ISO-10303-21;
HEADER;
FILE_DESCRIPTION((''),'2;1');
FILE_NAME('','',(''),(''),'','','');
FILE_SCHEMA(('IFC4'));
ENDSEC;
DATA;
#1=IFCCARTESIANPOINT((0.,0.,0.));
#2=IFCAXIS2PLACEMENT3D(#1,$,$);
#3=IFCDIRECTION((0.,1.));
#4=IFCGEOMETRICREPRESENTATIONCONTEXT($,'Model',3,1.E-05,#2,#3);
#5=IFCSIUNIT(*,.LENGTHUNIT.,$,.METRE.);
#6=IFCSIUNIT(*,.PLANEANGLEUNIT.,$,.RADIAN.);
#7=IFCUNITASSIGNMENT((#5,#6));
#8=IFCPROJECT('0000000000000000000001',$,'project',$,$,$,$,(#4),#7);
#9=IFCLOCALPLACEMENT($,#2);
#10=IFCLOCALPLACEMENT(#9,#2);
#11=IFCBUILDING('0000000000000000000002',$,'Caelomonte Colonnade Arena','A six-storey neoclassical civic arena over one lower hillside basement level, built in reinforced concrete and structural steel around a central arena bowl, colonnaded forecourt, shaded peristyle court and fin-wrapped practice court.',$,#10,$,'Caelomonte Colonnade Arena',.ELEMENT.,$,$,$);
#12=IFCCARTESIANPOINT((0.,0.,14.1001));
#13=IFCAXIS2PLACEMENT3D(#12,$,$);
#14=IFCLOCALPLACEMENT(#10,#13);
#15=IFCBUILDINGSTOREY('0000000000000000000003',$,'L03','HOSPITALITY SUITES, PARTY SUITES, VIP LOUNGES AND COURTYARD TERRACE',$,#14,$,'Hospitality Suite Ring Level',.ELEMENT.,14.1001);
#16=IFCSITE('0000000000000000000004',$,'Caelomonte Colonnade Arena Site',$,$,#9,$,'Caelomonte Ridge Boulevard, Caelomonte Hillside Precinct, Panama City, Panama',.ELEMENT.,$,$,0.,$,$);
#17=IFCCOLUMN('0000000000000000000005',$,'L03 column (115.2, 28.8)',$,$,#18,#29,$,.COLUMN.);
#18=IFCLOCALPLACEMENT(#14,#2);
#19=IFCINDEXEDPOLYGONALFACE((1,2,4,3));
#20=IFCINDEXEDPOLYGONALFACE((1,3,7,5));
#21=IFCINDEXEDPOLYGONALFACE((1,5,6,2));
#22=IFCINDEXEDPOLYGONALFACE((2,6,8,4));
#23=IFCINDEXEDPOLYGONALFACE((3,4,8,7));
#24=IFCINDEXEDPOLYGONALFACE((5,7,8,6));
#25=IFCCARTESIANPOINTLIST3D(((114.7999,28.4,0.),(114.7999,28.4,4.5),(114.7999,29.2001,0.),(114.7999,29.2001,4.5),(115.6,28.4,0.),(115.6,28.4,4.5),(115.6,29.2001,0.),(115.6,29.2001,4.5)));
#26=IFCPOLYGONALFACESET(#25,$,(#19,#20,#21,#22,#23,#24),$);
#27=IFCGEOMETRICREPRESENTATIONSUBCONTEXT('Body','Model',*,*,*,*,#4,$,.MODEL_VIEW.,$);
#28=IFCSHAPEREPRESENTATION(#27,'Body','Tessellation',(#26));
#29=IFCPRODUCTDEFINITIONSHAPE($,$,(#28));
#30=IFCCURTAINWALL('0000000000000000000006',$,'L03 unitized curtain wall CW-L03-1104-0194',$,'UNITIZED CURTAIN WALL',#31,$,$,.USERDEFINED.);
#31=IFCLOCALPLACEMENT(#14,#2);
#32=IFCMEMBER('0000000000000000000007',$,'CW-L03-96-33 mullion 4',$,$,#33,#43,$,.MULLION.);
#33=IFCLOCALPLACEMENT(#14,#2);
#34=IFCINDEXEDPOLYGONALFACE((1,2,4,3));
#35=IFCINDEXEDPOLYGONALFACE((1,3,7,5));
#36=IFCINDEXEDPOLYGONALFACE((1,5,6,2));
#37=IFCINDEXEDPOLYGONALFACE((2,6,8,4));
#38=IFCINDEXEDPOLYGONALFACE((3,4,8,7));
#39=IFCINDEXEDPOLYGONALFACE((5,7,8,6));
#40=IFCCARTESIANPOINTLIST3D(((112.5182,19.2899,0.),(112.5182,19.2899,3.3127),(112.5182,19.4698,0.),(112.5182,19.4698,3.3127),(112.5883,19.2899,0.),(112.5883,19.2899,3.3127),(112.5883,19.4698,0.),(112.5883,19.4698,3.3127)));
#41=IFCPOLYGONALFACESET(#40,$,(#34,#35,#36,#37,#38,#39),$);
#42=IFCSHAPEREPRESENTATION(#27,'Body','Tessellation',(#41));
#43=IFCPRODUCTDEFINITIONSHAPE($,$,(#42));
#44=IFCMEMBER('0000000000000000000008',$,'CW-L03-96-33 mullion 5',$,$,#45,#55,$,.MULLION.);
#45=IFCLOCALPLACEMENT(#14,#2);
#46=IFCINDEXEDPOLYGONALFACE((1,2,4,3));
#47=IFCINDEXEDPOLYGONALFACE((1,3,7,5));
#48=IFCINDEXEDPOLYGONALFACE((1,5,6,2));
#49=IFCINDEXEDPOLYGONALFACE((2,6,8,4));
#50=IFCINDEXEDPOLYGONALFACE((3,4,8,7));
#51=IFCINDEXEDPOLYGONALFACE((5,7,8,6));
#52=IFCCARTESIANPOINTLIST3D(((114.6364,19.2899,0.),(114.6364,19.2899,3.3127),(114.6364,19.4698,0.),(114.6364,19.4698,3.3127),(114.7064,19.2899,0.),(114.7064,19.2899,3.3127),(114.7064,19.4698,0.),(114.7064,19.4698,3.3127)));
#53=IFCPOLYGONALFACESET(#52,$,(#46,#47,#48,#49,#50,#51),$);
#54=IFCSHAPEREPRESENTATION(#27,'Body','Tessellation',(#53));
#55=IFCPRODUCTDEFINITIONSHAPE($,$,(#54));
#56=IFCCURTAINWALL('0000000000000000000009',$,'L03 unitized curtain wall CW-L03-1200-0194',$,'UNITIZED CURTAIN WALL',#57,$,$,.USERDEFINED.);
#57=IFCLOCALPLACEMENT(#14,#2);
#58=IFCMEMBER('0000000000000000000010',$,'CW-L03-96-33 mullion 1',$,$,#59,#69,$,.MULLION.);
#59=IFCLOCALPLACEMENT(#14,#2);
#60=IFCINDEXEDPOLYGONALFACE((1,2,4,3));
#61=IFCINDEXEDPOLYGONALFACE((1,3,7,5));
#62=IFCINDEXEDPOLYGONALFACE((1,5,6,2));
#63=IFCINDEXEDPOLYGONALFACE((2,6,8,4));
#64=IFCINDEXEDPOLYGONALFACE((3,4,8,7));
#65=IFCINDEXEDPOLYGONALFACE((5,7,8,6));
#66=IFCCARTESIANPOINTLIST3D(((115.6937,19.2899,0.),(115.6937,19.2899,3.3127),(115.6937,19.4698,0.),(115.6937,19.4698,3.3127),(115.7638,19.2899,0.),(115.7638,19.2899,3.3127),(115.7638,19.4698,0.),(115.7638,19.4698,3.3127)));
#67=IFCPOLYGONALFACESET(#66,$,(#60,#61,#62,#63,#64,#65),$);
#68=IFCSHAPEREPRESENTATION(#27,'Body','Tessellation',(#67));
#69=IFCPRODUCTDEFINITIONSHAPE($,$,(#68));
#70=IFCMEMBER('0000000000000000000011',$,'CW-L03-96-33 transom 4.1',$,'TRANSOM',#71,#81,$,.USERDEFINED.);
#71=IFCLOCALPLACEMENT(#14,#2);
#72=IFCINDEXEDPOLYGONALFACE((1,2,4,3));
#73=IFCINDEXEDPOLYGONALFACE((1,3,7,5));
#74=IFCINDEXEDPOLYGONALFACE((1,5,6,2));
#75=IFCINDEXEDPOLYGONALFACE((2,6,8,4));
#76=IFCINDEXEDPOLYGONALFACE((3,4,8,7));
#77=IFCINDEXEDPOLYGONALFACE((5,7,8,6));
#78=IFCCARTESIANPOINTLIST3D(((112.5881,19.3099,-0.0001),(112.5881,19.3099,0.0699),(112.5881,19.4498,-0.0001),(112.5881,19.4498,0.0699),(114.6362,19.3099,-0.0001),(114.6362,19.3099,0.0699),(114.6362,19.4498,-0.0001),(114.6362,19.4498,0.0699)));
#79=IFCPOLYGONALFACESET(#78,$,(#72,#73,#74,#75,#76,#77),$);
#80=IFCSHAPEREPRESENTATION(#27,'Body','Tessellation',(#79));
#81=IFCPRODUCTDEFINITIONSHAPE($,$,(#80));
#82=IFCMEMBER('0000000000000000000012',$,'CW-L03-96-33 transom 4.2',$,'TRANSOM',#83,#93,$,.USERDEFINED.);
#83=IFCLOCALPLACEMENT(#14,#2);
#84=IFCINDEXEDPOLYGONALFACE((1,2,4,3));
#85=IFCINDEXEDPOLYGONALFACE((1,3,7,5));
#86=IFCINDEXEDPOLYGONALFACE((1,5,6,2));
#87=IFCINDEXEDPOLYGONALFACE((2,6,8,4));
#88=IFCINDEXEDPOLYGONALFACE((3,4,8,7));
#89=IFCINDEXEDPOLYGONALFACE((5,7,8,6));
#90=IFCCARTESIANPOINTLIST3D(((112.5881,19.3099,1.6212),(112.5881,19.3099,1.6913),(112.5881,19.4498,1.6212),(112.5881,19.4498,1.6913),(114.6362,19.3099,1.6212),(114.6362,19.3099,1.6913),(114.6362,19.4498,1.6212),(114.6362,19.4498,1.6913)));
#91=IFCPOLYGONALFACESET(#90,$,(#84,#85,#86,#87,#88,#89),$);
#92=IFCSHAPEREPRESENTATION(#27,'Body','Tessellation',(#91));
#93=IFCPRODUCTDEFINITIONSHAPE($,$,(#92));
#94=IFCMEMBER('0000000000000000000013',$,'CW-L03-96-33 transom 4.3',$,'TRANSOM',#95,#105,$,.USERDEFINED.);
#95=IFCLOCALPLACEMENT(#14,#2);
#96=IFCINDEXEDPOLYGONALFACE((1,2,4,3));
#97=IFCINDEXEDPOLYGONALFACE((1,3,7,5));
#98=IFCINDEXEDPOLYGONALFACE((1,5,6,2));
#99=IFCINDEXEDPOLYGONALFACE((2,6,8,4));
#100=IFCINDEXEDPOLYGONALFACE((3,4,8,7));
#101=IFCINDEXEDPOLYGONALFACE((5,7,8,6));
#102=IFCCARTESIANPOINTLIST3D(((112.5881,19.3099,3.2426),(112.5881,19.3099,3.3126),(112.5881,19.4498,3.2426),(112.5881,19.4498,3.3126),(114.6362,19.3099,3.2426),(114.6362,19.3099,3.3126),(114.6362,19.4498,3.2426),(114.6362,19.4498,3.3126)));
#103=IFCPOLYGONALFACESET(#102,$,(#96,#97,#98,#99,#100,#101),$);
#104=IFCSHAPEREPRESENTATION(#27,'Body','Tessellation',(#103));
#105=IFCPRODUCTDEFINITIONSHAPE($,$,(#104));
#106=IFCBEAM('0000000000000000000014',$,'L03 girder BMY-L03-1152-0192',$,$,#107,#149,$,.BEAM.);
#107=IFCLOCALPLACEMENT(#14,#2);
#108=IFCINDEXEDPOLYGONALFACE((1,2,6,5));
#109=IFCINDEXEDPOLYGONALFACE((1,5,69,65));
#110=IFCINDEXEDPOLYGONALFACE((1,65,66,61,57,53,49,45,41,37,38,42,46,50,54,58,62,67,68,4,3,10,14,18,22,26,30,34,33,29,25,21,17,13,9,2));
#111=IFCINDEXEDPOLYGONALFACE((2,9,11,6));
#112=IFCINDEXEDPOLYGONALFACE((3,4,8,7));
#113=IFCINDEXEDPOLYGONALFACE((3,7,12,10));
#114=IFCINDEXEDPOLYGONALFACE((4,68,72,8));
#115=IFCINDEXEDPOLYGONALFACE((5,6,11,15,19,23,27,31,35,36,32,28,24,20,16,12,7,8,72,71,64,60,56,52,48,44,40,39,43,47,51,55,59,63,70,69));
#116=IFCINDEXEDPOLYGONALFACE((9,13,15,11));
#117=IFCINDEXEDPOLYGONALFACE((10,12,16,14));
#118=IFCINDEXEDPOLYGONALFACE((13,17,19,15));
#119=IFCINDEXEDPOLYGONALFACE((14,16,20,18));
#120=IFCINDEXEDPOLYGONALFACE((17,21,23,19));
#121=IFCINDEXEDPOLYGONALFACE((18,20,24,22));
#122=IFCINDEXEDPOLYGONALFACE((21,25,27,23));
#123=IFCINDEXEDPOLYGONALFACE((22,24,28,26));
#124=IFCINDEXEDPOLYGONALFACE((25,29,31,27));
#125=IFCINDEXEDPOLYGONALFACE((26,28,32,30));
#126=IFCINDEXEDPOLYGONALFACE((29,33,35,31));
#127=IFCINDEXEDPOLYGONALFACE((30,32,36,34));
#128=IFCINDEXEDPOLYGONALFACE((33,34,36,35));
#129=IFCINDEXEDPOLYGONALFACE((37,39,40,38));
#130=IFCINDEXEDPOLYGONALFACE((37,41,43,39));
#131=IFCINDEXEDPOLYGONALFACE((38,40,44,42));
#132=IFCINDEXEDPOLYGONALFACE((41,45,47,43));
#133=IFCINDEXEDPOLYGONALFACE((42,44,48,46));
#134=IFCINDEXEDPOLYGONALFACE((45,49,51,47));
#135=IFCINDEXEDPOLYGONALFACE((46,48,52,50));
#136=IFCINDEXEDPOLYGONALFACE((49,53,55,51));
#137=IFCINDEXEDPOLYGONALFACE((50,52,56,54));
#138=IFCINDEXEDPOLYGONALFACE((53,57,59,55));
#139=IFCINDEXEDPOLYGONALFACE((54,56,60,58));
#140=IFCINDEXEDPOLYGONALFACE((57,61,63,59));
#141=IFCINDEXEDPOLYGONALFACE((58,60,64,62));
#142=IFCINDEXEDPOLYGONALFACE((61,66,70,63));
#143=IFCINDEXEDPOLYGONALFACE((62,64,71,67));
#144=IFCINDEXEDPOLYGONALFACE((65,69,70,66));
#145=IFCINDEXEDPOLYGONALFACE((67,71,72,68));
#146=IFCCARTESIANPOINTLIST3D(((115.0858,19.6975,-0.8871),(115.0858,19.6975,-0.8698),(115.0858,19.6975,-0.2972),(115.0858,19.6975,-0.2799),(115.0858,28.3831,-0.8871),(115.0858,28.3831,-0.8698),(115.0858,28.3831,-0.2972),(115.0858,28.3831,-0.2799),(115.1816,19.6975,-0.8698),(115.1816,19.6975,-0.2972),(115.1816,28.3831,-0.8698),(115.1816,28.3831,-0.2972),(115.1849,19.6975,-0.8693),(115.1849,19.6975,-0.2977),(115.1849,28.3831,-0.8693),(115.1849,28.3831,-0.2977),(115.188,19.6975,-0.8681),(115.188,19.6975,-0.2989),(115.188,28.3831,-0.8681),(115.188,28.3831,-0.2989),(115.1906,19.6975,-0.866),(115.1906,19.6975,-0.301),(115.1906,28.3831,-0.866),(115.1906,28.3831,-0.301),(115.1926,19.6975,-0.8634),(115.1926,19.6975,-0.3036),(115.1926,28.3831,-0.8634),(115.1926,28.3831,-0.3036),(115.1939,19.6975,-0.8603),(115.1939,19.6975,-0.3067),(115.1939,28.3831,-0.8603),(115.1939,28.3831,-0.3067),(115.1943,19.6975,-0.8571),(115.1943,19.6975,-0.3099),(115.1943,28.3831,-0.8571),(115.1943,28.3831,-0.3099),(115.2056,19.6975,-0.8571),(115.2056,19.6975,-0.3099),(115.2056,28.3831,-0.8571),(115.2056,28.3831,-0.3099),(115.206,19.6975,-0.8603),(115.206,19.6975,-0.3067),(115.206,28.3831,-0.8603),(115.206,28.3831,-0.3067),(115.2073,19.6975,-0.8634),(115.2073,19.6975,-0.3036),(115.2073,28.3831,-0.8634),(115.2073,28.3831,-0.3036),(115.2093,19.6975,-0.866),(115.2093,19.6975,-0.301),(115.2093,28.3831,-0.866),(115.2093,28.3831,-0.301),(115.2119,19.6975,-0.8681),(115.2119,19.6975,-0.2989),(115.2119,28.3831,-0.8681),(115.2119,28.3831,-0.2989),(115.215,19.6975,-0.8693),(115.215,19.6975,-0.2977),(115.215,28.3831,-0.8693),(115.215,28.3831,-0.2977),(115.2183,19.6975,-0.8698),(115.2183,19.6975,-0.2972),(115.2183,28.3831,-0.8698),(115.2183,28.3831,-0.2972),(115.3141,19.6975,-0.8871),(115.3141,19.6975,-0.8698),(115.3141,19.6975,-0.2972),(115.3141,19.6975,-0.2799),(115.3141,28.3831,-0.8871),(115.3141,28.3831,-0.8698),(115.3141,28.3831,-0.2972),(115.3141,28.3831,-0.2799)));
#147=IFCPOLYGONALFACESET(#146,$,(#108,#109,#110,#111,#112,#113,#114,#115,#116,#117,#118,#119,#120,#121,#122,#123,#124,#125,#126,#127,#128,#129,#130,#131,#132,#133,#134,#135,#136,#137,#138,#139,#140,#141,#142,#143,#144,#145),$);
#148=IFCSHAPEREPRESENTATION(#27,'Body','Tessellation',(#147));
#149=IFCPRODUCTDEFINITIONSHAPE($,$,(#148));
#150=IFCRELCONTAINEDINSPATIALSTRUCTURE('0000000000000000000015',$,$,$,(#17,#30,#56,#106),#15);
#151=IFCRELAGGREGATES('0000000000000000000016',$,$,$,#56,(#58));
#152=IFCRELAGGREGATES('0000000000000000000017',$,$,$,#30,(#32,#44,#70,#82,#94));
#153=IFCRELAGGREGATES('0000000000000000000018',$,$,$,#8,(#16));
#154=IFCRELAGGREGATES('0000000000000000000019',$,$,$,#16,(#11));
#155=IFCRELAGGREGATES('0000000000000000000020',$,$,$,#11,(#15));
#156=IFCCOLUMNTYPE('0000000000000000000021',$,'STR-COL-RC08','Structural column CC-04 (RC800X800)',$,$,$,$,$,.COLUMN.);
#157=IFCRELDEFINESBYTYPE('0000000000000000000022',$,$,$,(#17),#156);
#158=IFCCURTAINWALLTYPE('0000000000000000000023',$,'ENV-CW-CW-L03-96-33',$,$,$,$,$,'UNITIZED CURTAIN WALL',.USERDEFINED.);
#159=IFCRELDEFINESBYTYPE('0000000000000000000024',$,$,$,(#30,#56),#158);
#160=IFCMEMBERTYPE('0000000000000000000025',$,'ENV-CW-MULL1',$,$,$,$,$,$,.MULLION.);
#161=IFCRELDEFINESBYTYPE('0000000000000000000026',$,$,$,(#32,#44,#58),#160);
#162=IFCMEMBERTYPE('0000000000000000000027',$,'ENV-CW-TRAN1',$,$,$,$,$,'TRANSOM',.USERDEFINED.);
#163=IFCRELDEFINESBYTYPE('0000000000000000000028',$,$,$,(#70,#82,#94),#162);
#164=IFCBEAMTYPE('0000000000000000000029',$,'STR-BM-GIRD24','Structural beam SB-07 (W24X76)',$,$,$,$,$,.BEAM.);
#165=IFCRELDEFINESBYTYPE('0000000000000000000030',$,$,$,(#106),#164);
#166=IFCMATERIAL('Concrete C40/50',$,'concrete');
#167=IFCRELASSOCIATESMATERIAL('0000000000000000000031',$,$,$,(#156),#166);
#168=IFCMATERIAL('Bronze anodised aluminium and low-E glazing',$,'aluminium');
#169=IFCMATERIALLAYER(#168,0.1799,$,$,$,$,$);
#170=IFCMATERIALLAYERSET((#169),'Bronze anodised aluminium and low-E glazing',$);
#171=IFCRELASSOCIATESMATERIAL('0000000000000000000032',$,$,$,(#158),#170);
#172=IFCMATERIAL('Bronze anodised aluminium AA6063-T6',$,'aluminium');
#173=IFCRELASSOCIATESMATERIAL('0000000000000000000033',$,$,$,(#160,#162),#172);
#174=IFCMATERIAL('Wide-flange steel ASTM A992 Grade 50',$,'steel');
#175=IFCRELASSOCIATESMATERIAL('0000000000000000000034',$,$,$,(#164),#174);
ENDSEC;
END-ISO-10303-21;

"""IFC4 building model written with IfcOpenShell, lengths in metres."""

from ifc_helpers import new_model, si_unit, direction, frame, origin, origin_2d, place, context, subcontext, project, spatial, rectangle, i_section, extrude, material, layer, layer_set, material_profile, profile_set, type_object, element, aggregate, save


model = new_model("IFC4")

# Units and contexts
model_context = context("Model", 3, precision=1e-05, world=origin(), true_north=direction((0.0, 1.0)))
body_context = subcontext(model_context, "Body", "Model", "MODEL_VIEW")
ifc_project = project(units=[si_unit("LENGTHUNIT", "METRE"), si_unit("PLANEANGLEUNIT", "RADIAN")], contexts=[model_context])

# Site, building, storey
site_placement = place(None, origin())
site = spatial("IfcSite", under=ifc_project, at=site_placement, Name="Caelomonte Colonnade Arena Site", LongName="Caelomonte Ridge Boulevard, Caelomonte Hillside Precinct, Panama City, Panama", CompositionType="ELEMENT", RefElevation=0.0)
building_placement = place(site_placement, origin())
building = spatial("IfcBuilding", under=site, at=building_placement, Name="Caelomonte Colonnade Arena", Description="A six-storey neoclassical civic arena over one lower hillside basement level, built in reinforced concrete and structural steel around a central arena bowl, colonnaded forecourt, shaded peristyle court and fin-wrapped practice court.", LongName="Caelomonte Colonnade Arena", CompositionType="ELEMENT")
storey_placement = place(building_placement, frame((0.0, 0.0, 14.1001)))
storey = spatial("IfcBuildingStorey", under=building, at=storey_placement, Name="L03", Description="HOSPITALITY SUITES, PARTY SUITES, VIP LOUNGES AND COURTYARD TERRACE", LongName="Hospitality Suite Ring Level", CompositionType="ELEMENT", Elevation=14.1001)

# Column
ifc_material_1 = material(Name="Concrete C40/50", Category="concrete")
ifc_material_profile_1 = material_profile(ifc_material_1, rectangle(XDim=0.8, YDim=0.8, at=origin_2d()), Name="RC800X800")
ifc_profile_set_1 = profile_set([ifc_material_profile_1], Name="Concrete C40/50")
column_type = type_object("IfcColumnType", Name="STR-COL-RC08", Description="Structural column CC-04 (RC800X800)", PredefinedType="COLUMN", material=ifc_profile_set_1)
column_placement = place(storey_placement, frame((115.2, 28.8, 0.0), z_axis=(0.0, 0.0, 1.0), x_axis=(1.0, 0.0, 0.0)))
element("IfcColumn", 1, at=column_placement, inside=storey, type_object=column_type, Name="L03 column (115.2, 28.8)", PredefinedType="COLUMN", context=body_context, shape_type="SweptSolid", body=[
    extrude(rectangle(XDim=0.8, YDim=0.8, at=origin_2d()), origin(), (0.0, 0.0, 1.0), 4.5),
])

# Curtain wall, members
ifc_material_2 = material(Name="Bronze anodised aluminium and low-E glazing", Category="aluminium")
ifc_layer_1 = layer(ifc_material_2, 0.1799)
ifc_layer_set_1 = layer_set([ifc_layer_1], Name="Bronze anodised aluminium and low-E glazing")
curtain_wall_type = type_object("IfcCurtainWallType", Name="ENV-CW-CW-L03-96-33", ElementType="UNITIZED CURTAIN WALL", PredefinedType="USERDEFINED", material=ifc_layer_set_1)
curtain_wall_1_placement = place(storey_placement, origin())
curtain_wall_1 = element("IfcCurtainWall", 2, at=curtain_wall_1_placement, inside=storey, type_object=curtain_wall_type, Name="L03 unitized curtain wall CW-L03-1104-0194", ObjectType="UNITIZED CURTAIN WALL", PredefinedType="USERDEFINED")
ifc_material_3 = material(Name="Bronze anodised aluminium AA6063-T6", Category="aluminium")
ifc_material_profile_2 = material_profile(ifc_material_3, rectangle(XDim=0.0701, YDim=0.1799, at=origin_2d()), Name="CWM-70X180")
ifc_profile_set_2 = profile_set([ifc_material_profile_2], Name="Bronze anodised aluminium AA6063-T6")
member_type_1 = type_object("IfcMemberType", Name="ENV-CW-MULL1", PredefinedType="MULLION", material=ifc_profile_set_2)
member_1_placement = place(storey_placement, frame((112.5532, 19.3799, 0.0), z_axis=(0.0, 0.0, 1.0), x_axis=(1.0, 0.0, 0.0)))
member_1 = element("IfcMember", 3, at=member_1_placement, type_object=member_type_1, Name="CW-L03-96-33 mullion 4", PredefinedType="MULLION", context=body_context, shape_type="SweptSolid", body=[
    extrude(rectangle(XDim=0.0701, YDim=0.1799, at=origin_2d()), origin(), (0.0, 0.0, 1.0), 3.3127),
])
member_2_placement = place(storey_placement, frame((114.6714, 19.3799, 0.0), z_axis=(0.0, 0.0, 1.0), x_axis=(1.0, 0.0, 0.0)))
member_2 = element("IfcMember", 4, at=member_2_placement, type_object=member_type_1, Name="CW-L03-96-33 mullion 5", PredefinedType="MULLION", context=body_context, shape_type="SweptSolid", body=[
    extrude(rectangle(XDim=0.0701, YDim=0.1799, at=origin_2d()), origin(), (0.0, 0.0, 1.0), 3.3127),
])

# Curtain wall, member
curtain_wall_2_placement = place(storey_placement, origin())
curtain_wall_2 = element("IfcCurtainWall", 5, at=curtain_wall_2_placement, inside=storey, type_object=curtain_wall_type, Name="L03 unitized curtain wall CW-L03-1200-0194", ObjectType="UNITIZED CURTAIN WALL", PredefinedType="USERDEFINED")
member_3_placement = place(storey_placement, frame((115.7288, 19.3799, 0.0), z_axis=(0.0, 0.0, 1.0), x_axis=(1.0, 0.0, 0.0)))
member_3 = element("IfcMember", 6, at=member_3_placement, type_object=member_type_1, Name="CW-L03-96-33 mullion 1", PredefinedType="MULLION", context=body_context, shape_type="SweptSolid", body=[
    extrude(rectangle(XDim=0.0701, YDim=0.1799, at=origin_2d()), origin(), (0.0, 0.0, 1.0), 3.3127),
])
aggregate(curtain_wall_2, [member_3])

# Members
ifc_material_profile_3 = material_profile(ifc_material_3, rectangle(XDim=0.0701, YDim=0.1399, at=origin_2d()), Name="CWT-70X140")
ifc_profile_set_3 = profile_set([ifc_material_profile_3], Name="Bronze anodised aluminium AA6063-T6")
member_type_2 = type_object("IfcMemberType", Name="ENV-CW-TRAN1", ElementType="TRANSOM", PredefinedType="USERDEFINED", material=ifc_profile_set_3)
member_4_placement = place(storey_placement, frame((112.5881, 19.3799, 0.0349), z_axis=(1.0, 0.0, 0.0), x_axis=(0.0, 0.0, 1.0)))
member_4 = element("IfcMember", 7, at=member_4_placement, type_object=member_type_2, Name="CW-L03-96-33 transom 4.1", ObjectType="TRANSOM", PredefinedType="USERDEFINED", context=body_context, shape_type="SweptSolid", body=[
    extrude(rectangle(XDim=0.0701, YDim=0.1399, at=origin_2d()), origin(), (0.0, 0.0, 1.0), 2.0481),
])
member_5_placement = place(storey_placement, frame((112.5881, 19.3799, 1.6562), z_axis=(1.0, 0.0, 0.0), x_axis=(0.0, 0.0, 1.0)))
member_5 = element("IfcMember", 8, at=member_5_placement, type_object=member_type_2, Name="CW-L03-96-33 transom 4.2", ObjectType="TRANSOM", PredefinedType="USERDEFINED", context=body_context, shape_type="SweptSolid", body=[
    extrude(rectangle(XDim=0.0701, YDim=0.1399, at=origin_2d()), origin(), (0.0, 0.0, 1.0), 2.0481),
])
member_6_placement = place(storey_placement, frame((112.5881, 19.3799, 3.2776), z_axis=(1.0, 0.0, 0.0), x_axis=(0.0, 0.0, 1.0)))
member_6 = element("IfcMember", 9, at=member_6_placement, type_object=member_type_2, Name="CW-L03-96-33 transom 4.3", ObjectType="TRANSOM", PredefinedType="USERDEFINED", context=body_context, shape_type="SweptSolid", body=[
    extrude(rectangle(XDim=0.0701, YDim=0.1399, at=origin_2d()), origin(), (0.0, 0.0, 1.0), 2.0481),
])

# Beam
ifc_material_4 = material(Name="Wide-flange steel ASTM A992 Grade 50", Category="steel")
ifc_material_profile_4 = material_profile(ifc_material_4, i_section(OverallWidth=0.2283, OverallDepth=0.6072, WebThickness=0.0112, FlangeThickness=0.0173, FilletRadius=0.0127, at=origin_2d()), Name="W24X76")
ifc_profile_set_4 = profile_set([ifc_material_profile_4], Name="Wide-flange steel ASTM A992 Grade 50")
beam_type_1 = type_object("IfcBeamType", Name="STR-BM-GIRD24", Description="Structural beam SB-07 (W24X76)", PredefinedType="BEAM", material=ifc_profile_set_4)
beam_1_placement = place(storey_placement, frame((115.2, 19.6975, -0.5835), z_axis=(0.0, 1.0, 0.0), x_axis=(-1.0, 0.0, 0.0)))
element("IfcBeam", 10, at=beam_1_placement, inside=storey, type_object=beam_type_1, Name="L03 girder BMY-L03-1152-0192", PredefinedType="BEAM", context=body_context, shape_type="SweptSolid", body=[
    extrude(i_section(OverallWidth=0.2283, OverallDepth=0.6072, WebThickness=0.0112, FlangeThickness=0.0173, FilletRadius=0.0127, at=origin_2d()), origin(), (0.0, 0.0, 1.0), 8.6855),
])

aggregate(curtain_wall_1, [member_1, member_2, member_4, member_5, member_6])

save(model, "model.ifc")
